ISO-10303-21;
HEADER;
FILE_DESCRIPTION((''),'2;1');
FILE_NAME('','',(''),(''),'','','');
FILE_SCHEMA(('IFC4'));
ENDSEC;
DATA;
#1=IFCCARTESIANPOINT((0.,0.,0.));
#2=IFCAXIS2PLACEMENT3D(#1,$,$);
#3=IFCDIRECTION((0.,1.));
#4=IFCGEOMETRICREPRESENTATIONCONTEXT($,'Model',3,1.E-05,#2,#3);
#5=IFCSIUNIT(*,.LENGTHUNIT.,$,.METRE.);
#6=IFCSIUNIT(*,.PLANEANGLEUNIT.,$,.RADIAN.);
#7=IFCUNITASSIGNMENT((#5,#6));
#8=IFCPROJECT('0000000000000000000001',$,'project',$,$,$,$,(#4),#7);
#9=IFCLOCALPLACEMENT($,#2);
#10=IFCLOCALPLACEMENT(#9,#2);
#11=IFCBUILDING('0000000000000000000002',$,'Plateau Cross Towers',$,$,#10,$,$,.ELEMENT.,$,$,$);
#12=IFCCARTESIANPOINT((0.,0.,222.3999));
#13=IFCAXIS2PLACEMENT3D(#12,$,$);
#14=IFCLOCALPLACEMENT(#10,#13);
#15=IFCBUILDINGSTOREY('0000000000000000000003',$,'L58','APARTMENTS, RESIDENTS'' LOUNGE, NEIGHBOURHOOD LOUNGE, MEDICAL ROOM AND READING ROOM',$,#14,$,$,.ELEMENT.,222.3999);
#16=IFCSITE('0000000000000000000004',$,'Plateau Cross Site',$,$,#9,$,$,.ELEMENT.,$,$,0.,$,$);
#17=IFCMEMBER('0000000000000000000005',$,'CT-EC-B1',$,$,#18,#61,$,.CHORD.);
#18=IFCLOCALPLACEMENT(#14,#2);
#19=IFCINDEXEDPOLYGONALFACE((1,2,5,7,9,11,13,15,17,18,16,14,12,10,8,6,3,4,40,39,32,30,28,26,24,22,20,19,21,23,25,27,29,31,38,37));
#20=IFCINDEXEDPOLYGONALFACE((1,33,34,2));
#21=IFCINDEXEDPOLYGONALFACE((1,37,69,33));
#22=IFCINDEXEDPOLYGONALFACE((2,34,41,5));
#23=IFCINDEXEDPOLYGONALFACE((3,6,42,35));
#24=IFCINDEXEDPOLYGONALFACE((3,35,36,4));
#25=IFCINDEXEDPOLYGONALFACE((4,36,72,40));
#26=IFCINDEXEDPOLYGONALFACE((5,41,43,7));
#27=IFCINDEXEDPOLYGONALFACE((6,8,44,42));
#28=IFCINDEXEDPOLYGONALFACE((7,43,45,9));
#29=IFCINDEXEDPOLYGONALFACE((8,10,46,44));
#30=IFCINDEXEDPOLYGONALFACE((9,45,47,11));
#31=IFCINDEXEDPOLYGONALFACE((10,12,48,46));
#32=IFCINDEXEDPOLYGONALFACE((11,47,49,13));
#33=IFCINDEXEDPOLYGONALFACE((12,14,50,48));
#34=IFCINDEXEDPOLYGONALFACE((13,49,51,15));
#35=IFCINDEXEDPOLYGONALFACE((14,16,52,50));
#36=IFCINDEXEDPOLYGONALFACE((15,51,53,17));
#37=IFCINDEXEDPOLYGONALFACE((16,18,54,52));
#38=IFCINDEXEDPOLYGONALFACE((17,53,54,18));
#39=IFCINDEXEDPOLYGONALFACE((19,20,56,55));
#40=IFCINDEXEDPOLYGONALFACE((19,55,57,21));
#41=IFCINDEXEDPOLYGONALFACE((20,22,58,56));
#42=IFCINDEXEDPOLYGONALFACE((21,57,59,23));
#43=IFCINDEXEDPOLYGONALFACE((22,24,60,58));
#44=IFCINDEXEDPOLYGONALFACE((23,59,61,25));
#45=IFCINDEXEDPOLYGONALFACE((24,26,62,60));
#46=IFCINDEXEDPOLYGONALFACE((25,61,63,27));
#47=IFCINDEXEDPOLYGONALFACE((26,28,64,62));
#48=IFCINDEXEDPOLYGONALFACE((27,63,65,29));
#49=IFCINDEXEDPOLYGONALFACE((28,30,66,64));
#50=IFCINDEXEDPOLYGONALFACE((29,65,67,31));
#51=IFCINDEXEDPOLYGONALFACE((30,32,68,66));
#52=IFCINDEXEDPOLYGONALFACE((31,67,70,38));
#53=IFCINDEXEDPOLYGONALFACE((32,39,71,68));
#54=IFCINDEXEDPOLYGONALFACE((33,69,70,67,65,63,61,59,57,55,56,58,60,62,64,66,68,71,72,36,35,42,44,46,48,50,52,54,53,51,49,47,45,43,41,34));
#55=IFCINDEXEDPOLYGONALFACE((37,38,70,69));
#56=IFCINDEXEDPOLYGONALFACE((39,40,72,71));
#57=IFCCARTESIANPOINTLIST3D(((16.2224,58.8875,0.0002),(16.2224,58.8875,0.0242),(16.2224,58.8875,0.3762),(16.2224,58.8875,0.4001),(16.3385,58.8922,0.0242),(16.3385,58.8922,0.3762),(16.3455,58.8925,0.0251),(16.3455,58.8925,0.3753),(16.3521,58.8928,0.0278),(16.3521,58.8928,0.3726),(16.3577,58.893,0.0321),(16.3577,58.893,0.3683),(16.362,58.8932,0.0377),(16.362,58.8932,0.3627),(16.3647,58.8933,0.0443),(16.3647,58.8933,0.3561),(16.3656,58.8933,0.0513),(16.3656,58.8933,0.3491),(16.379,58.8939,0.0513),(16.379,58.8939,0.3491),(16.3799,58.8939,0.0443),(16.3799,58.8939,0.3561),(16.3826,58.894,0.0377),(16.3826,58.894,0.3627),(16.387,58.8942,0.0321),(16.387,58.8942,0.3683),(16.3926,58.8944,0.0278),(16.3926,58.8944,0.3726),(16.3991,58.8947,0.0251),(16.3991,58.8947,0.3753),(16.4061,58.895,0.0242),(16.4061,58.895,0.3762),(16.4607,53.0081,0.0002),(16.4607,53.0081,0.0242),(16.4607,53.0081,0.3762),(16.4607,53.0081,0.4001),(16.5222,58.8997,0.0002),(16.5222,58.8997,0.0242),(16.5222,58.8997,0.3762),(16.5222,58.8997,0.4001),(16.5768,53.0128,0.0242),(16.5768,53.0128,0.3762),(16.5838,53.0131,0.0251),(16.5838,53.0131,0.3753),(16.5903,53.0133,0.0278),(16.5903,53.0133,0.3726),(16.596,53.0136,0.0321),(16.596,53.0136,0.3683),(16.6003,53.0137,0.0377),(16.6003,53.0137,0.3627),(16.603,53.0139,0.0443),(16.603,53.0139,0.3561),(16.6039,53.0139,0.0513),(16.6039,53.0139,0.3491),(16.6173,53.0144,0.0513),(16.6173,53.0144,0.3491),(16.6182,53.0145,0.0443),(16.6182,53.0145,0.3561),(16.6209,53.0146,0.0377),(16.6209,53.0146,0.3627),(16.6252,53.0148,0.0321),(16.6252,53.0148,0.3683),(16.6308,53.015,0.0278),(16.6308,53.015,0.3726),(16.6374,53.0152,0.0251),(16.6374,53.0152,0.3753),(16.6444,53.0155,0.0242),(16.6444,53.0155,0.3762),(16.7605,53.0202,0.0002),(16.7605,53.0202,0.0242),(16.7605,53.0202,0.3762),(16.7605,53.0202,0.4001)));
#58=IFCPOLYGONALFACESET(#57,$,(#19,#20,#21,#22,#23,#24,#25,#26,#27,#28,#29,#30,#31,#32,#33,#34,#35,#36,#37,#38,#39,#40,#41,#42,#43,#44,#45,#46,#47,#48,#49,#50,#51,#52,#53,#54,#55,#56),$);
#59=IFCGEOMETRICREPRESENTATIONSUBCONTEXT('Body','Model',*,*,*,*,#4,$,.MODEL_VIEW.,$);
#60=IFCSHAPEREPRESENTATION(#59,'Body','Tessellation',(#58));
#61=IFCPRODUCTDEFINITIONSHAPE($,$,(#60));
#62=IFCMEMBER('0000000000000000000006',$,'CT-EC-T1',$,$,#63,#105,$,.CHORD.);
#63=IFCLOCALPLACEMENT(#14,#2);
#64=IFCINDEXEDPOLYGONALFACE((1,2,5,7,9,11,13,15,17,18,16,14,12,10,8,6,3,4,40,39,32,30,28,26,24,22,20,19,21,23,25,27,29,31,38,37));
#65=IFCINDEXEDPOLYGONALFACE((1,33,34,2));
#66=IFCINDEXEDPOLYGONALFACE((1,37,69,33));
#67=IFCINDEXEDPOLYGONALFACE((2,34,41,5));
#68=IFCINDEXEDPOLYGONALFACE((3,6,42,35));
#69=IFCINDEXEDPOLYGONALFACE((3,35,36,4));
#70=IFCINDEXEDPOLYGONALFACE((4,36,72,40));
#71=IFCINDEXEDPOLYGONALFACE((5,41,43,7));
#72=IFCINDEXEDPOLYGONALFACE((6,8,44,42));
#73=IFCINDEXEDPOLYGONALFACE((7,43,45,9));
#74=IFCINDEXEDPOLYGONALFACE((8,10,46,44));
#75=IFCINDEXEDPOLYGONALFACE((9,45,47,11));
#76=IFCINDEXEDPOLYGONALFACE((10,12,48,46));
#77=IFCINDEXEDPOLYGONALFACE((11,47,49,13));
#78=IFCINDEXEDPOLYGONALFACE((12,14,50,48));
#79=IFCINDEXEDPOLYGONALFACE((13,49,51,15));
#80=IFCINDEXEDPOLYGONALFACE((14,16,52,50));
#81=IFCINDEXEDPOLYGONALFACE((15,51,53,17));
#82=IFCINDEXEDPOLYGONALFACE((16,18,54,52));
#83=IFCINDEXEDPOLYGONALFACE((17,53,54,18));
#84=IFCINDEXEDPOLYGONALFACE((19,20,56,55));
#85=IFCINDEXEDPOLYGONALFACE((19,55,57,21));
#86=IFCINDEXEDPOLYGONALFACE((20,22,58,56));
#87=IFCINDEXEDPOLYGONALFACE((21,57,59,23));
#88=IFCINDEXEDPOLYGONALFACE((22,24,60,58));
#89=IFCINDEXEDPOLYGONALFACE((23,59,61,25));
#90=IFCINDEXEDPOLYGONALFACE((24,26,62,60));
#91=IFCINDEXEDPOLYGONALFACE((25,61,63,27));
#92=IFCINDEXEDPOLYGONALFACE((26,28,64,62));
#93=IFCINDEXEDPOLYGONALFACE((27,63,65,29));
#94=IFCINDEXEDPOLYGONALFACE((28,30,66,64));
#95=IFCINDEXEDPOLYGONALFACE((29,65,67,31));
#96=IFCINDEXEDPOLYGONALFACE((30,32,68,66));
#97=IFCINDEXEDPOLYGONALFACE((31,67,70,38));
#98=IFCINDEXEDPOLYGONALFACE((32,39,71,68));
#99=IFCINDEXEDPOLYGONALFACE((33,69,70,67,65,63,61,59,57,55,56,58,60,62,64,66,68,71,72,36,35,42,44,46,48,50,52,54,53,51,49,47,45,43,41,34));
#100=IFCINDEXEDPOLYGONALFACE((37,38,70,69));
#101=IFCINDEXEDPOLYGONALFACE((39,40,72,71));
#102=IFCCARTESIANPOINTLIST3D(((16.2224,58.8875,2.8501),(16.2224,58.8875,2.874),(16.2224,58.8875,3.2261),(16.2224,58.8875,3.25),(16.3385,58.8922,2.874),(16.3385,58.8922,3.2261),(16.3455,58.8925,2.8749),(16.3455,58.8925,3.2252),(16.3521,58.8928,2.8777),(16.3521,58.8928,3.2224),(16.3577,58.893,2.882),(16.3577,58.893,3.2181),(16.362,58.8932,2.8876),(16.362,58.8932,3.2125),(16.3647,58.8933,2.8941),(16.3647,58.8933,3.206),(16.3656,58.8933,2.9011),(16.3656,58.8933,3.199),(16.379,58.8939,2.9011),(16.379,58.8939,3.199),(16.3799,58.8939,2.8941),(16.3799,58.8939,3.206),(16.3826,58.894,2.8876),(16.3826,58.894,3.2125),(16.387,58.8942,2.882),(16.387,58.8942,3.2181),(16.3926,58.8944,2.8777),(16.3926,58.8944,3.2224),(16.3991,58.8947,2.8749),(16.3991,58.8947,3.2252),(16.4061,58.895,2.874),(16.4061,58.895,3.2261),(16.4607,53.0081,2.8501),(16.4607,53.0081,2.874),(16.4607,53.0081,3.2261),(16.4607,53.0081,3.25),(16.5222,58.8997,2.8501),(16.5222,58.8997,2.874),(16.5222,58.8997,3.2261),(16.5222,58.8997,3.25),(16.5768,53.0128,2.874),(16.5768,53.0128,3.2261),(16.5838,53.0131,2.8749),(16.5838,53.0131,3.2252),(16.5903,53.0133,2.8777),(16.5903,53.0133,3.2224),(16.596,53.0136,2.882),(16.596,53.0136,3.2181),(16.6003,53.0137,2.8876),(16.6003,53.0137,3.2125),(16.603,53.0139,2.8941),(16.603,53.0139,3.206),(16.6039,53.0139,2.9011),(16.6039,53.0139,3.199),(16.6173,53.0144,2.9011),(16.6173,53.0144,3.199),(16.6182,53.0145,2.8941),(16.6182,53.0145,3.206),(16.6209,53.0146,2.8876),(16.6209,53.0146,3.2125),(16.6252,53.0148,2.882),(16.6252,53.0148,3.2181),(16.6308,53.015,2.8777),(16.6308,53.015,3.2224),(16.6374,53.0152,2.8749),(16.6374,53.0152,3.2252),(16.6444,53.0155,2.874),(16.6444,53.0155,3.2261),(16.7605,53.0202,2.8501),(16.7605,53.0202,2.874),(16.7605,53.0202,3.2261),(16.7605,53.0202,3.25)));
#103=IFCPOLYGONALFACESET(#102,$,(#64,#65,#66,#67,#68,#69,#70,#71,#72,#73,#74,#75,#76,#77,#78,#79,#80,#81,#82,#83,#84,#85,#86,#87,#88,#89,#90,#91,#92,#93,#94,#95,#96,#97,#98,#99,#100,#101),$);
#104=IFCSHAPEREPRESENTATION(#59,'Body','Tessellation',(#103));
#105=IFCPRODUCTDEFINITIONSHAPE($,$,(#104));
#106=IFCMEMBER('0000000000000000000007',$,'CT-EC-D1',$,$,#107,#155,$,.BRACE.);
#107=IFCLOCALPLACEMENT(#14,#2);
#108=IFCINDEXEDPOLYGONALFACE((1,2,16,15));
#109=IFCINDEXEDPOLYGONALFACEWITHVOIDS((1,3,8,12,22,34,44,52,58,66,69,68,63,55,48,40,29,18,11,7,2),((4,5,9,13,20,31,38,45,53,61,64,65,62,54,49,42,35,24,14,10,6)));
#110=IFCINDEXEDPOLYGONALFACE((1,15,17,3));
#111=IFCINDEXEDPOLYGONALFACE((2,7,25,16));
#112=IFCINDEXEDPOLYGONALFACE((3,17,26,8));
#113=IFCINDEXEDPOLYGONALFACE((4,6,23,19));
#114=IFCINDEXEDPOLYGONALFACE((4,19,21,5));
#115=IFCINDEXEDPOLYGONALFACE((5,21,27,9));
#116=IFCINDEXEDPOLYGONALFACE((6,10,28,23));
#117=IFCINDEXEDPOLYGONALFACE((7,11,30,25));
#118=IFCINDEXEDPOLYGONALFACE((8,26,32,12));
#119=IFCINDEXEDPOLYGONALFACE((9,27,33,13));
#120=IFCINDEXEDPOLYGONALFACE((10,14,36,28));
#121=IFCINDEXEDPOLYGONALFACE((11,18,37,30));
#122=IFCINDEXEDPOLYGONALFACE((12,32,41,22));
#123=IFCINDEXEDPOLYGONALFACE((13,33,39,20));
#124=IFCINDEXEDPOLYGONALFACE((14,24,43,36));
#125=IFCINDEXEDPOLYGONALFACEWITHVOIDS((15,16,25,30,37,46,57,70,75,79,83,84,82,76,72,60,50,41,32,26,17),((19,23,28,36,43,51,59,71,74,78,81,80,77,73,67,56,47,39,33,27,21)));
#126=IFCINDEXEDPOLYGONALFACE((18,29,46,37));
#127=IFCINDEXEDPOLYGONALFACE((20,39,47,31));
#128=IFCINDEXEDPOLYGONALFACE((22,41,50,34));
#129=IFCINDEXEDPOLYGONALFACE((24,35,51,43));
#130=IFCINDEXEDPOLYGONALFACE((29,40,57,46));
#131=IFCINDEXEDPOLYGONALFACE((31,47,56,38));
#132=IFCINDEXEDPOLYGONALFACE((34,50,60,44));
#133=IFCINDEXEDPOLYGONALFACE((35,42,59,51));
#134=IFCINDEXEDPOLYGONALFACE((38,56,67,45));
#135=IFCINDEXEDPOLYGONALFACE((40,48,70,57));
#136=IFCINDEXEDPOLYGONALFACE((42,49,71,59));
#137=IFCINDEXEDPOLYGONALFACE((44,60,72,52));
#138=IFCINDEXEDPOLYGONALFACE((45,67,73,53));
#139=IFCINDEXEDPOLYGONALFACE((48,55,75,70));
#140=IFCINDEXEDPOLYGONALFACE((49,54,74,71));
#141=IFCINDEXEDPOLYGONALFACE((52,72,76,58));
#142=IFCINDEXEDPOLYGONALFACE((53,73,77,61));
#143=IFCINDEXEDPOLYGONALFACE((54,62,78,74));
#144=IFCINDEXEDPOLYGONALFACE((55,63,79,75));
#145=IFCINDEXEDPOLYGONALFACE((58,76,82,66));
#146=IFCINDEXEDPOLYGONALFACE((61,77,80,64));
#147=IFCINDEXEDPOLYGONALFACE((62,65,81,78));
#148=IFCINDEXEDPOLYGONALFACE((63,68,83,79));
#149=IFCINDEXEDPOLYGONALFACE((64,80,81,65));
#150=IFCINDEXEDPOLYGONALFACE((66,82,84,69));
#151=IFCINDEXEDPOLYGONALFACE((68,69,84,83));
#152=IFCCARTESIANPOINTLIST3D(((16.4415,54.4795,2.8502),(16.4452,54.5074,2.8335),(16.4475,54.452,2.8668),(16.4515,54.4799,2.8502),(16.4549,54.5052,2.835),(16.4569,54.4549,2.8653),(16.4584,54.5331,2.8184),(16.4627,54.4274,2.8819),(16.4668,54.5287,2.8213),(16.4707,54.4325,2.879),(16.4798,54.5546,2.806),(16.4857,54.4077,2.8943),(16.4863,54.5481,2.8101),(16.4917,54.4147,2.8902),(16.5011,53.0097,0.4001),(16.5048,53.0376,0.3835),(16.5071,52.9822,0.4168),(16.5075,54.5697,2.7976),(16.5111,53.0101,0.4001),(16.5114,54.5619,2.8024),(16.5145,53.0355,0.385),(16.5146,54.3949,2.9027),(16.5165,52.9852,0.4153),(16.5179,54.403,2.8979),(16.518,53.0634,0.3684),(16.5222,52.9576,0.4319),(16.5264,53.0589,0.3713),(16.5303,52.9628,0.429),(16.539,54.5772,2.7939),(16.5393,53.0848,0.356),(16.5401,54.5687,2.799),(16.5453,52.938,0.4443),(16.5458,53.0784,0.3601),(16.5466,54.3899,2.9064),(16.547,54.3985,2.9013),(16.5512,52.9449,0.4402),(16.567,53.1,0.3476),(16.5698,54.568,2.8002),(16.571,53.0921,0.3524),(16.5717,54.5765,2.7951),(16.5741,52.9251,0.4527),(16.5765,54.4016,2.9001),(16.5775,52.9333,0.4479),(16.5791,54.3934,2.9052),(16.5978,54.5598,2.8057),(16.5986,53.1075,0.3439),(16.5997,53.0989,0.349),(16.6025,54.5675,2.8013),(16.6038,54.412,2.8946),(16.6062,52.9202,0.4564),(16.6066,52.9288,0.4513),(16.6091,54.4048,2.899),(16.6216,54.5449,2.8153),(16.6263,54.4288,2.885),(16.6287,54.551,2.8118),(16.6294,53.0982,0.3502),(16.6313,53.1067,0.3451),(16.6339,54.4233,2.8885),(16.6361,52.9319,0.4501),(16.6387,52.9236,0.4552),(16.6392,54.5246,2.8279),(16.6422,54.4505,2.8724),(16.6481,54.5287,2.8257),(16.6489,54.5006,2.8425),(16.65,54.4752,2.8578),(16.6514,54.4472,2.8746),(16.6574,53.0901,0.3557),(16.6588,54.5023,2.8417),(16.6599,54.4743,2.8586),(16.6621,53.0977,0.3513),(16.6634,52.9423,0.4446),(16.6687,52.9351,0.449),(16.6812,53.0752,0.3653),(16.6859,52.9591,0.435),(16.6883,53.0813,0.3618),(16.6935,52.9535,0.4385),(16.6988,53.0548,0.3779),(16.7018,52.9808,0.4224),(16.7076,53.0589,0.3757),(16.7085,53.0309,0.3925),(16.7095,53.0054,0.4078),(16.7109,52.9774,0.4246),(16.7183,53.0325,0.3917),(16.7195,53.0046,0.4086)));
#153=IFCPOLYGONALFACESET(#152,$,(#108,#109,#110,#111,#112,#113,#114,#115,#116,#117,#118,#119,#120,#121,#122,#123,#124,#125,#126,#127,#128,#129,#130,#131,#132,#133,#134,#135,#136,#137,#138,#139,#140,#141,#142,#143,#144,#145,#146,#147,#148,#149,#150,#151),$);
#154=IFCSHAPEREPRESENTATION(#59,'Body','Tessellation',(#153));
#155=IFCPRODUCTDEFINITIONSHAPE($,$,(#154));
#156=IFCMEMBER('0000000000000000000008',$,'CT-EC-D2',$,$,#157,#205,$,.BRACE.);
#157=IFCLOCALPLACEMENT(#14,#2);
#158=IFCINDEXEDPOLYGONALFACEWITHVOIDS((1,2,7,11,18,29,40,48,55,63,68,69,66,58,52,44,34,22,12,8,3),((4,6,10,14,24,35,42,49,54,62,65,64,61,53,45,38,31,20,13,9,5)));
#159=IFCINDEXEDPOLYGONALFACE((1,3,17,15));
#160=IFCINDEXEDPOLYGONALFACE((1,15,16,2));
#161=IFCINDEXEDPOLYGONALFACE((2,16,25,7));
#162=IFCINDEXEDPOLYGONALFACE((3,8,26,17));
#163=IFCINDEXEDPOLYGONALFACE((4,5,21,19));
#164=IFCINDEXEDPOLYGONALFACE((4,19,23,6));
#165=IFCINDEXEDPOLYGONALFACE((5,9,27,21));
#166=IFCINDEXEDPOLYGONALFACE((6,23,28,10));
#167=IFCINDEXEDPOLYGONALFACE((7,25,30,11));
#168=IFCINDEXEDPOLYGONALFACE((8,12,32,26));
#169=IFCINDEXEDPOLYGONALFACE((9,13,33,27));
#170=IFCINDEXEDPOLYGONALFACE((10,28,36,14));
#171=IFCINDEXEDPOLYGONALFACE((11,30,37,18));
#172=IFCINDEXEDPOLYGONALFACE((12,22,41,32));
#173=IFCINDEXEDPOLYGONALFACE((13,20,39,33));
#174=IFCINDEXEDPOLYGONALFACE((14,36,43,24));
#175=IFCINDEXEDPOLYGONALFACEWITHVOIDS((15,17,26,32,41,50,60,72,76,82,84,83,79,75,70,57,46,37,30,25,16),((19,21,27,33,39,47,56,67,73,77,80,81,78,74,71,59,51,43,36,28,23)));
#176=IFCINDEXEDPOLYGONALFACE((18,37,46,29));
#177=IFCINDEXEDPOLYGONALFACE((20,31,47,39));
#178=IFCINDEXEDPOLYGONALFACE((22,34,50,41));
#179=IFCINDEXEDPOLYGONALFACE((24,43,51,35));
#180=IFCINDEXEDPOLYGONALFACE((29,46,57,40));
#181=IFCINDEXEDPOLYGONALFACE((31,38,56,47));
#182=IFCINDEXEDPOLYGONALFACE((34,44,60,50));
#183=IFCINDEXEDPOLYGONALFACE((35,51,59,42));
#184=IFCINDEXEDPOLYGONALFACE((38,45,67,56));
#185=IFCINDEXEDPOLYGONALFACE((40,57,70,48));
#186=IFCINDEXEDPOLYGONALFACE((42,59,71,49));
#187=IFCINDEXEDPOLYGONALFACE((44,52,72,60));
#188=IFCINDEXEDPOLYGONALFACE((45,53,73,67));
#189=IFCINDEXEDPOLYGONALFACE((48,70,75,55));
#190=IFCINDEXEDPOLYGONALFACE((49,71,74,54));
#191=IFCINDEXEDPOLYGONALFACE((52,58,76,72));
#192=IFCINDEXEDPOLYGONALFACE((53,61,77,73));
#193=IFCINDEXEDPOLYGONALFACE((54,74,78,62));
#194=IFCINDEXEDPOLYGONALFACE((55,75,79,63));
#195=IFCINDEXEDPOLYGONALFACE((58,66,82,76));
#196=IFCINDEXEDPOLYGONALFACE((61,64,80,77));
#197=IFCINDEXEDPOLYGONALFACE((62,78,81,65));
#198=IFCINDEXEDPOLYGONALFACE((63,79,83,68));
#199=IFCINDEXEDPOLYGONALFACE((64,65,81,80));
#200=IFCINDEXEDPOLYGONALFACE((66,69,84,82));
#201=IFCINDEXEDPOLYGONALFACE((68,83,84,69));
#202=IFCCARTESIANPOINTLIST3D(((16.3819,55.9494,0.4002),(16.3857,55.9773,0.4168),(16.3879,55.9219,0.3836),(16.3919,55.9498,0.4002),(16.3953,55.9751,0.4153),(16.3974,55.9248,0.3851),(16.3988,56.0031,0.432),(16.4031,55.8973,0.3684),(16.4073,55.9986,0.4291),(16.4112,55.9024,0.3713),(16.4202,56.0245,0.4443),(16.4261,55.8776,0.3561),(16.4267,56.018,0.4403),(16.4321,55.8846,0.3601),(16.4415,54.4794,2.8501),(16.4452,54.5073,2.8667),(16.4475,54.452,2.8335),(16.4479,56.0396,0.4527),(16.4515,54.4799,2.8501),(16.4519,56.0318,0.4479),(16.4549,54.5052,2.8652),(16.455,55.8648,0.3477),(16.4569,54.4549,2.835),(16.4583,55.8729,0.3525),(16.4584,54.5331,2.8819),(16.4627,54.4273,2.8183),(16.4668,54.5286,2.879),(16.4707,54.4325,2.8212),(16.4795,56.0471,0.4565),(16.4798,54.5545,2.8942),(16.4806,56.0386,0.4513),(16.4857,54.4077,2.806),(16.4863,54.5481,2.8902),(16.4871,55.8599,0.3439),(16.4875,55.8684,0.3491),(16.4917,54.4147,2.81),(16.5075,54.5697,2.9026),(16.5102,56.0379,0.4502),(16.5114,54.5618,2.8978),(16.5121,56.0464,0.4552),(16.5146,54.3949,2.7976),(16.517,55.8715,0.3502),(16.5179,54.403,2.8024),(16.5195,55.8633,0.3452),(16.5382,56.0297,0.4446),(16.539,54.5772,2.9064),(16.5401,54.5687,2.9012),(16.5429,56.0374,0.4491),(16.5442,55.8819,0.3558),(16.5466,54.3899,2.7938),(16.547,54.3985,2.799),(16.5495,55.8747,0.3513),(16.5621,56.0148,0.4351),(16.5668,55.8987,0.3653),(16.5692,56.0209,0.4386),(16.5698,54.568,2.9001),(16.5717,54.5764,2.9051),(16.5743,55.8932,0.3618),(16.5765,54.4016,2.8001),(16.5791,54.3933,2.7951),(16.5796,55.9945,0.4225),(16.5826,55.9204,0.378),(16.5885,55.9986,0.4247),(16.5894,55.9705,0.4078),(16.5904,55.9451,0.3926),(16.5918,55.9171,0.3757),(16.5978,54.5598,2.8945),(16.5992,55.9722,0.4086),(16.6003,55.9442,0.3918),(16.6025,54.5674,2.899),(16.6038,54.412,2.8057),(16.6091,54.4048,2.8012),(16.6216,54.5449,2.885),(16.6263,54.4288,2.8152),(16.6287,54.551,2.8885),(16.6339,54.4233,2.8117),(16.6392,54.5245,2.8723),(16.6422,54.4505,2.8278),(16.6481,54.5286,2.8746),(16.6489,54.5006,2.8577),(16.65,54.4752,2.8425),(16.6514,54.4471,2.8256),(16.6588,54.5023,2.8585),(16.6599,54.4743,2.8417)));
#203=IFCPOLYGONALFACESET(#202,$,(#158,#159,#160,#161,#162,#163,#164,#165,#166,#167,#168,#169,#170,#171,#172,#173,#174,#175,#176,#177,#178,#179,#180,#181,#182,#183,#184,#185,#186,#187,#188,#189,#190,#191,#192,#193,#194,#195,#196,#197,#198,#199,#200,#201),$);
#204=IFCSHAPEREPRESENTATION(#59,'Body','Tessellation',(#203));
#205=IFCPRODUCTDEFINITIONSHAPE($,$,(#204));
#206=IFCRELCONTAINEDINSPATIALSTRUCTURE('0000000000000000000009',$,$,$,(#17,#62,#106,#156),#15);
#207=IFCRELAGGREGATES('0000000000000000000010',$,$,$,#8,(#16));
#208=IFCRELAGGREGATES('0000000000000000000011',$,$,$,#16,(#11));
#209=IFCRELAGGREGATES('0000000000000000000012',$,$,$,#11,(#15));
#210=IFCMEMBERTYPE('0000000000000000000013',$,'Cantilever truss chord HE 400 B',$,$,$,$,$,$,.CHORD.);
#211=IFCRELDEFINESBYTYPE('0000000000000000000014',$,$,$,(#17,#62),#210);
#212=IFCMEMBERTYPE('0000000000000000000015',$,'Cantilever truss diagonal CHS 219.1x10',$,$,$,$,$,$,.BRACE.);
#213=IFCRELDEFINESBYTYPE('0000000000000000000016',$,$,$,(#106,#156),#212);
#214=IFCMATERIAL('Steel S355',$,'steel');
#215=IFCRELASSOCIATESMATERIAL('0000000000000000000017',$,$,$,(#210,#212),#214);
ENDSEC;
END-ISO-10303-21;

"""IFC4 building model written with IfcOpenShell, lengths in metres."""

from ifc_helpers import new_model, si_unit, direction, frame, origin, origin_2d, place, context, subcontext, project, spatial, hollow_circle, i_section, extrude, material, material_profile, profile_set, type_object, element, save


model = new_model("IFC4")

# Units and contexts
model_context = context("Model", 3, precision=1e-05, world=origin(), true_north=direction((0.0, 1.0)))
body_context = subcontext(model_context, "Body", "Model", "MODEL_VIEW")
ifc_project = project(units=[si_unit("LENGTHUNIT", "METRE"), si_unit("PLANEANGLEUNIT", "RADIAN")], contexts=[model_context])

# Site, building, storey
site_placement = place(None, origin())
site = spatial("IfcSite", under=ifc_project, at=site_placement, Name="Plateau Cross Site", CompositionType="ELEMENT", RefElevation=0.0)
building_placement = place(site_placement, origin())
building = spatial("IfcBuilding", under=site, at=building_placement, Name="Plateau Cross Towers", CompositionType="ELEMENT")
storey_placement = place(building_placement, frame((0.0, 0.0, 222.3999)))
storey = spatial("IfcBuildingStorey", under=building, at=storey_placement, Name="L58", Description="APARTMENTS, RESIDENTS' LOUNGE, NEIGHBOURHOOD LOUNGE, MEDICAL ROOM AND READING ROOM", CompositionType="ELEMENT", Elevation=222.3999)

# Members
ifc_material_1 = material(Name="Steel S355", Category="steel")
ifc_material_profile_1 = material_profile(ifc_material_1, i_section(OverallWidth=0.3, OverallDepth=0.3999, WebThickness=0.0134, FlangeThickness=0.0239, FilletRadius=0.0271, at=origin_2d()), Name="HE 400 B")
ifc_profile_set_1 = profile_set([ifc_material_profile_1], Name="Steel S355")
member_type_1 = type_object("IfcMemberType", Name="Cantilever truss chord HE 400 B", PredefinedType="CHORD", material=ifc_profile_set_1)
for number, where, z_axis, x_axis, name in (
    (1, (16.6106, 53.0142, 0.2002), (-0.040495, 0.99918, 0.0), (-0.99918, -0.040495, 0.0), "CT-EC-B1"),
    (2, (16.6106, 53.0142, 3.05), (-0.040495, 0.99918, 0.0), (-0.99918, -0.040495, 0.0), "CT-EC-T1"),
):
    element("IfcMember", number, at=place(storey_placement, frame(where, z_axis=z_axis, x_axis=x_axis)), inside=storey, type_object=member_type_1, Name=name, PredefinedType="CHORD", context=body_context, shape_type="SweptSolid", body=[
        extrude(i_section(OverallWidth=0.3, OverallDepth=0.3999, WebThickness=0.0134, FlangeThickness=0.0239, FilletRadius=0.0271, at=origin_2d()), origin(), (0.0, 0.0, 1.0), 5.8843),
    ])
ifc_material_profile_2 = material_profile(ifc_material_1, hollow_circle(Radius=0.1096, WallThickness=0.01, at=origin_2d()), Name="CHS 219.1x10")
ifc_profile_set_2 = profile_set([ifc_material_profile_2], Name="Steel S355")
member_type_2 = type_object("IfcMemberType", Name="Cantilever truss diagonal CHS 219.1x10", PredefinedType="BRACE", material=ifc_profile_set_2)
for number, where, z_axis, x_axis, name in (
    (3, (16.6106, 53.0142, 0.4001), (-0.020846, 0.514321, 0.857344), (-0.99918, -0.040498, 0.0), "CT-EC-D1"),
    (4, (16.551, 54.4839, 2.8501), (-0.020845, 0.514384, -0.857307), (-0.99918, -0.040492, 0.0), "CT-EC-D2"),
):
    element("IfcMember", number, at=place(storey_placement, frame(where, z_axis=z_axis, x_axis=x_axis)), inside=storey, type_object=member_type_2, Name=name, PredefinedType="BRACE", context=body_context, shape_type="SweptSolid", body=[
        extrude(hollow_circle(Radius=0.1096, WallThickness=0.01, at=origin_2d()), origin(), (0.0, 0.0, 1.0), 2.8577),
    ])

save(model, "model.ifc")
